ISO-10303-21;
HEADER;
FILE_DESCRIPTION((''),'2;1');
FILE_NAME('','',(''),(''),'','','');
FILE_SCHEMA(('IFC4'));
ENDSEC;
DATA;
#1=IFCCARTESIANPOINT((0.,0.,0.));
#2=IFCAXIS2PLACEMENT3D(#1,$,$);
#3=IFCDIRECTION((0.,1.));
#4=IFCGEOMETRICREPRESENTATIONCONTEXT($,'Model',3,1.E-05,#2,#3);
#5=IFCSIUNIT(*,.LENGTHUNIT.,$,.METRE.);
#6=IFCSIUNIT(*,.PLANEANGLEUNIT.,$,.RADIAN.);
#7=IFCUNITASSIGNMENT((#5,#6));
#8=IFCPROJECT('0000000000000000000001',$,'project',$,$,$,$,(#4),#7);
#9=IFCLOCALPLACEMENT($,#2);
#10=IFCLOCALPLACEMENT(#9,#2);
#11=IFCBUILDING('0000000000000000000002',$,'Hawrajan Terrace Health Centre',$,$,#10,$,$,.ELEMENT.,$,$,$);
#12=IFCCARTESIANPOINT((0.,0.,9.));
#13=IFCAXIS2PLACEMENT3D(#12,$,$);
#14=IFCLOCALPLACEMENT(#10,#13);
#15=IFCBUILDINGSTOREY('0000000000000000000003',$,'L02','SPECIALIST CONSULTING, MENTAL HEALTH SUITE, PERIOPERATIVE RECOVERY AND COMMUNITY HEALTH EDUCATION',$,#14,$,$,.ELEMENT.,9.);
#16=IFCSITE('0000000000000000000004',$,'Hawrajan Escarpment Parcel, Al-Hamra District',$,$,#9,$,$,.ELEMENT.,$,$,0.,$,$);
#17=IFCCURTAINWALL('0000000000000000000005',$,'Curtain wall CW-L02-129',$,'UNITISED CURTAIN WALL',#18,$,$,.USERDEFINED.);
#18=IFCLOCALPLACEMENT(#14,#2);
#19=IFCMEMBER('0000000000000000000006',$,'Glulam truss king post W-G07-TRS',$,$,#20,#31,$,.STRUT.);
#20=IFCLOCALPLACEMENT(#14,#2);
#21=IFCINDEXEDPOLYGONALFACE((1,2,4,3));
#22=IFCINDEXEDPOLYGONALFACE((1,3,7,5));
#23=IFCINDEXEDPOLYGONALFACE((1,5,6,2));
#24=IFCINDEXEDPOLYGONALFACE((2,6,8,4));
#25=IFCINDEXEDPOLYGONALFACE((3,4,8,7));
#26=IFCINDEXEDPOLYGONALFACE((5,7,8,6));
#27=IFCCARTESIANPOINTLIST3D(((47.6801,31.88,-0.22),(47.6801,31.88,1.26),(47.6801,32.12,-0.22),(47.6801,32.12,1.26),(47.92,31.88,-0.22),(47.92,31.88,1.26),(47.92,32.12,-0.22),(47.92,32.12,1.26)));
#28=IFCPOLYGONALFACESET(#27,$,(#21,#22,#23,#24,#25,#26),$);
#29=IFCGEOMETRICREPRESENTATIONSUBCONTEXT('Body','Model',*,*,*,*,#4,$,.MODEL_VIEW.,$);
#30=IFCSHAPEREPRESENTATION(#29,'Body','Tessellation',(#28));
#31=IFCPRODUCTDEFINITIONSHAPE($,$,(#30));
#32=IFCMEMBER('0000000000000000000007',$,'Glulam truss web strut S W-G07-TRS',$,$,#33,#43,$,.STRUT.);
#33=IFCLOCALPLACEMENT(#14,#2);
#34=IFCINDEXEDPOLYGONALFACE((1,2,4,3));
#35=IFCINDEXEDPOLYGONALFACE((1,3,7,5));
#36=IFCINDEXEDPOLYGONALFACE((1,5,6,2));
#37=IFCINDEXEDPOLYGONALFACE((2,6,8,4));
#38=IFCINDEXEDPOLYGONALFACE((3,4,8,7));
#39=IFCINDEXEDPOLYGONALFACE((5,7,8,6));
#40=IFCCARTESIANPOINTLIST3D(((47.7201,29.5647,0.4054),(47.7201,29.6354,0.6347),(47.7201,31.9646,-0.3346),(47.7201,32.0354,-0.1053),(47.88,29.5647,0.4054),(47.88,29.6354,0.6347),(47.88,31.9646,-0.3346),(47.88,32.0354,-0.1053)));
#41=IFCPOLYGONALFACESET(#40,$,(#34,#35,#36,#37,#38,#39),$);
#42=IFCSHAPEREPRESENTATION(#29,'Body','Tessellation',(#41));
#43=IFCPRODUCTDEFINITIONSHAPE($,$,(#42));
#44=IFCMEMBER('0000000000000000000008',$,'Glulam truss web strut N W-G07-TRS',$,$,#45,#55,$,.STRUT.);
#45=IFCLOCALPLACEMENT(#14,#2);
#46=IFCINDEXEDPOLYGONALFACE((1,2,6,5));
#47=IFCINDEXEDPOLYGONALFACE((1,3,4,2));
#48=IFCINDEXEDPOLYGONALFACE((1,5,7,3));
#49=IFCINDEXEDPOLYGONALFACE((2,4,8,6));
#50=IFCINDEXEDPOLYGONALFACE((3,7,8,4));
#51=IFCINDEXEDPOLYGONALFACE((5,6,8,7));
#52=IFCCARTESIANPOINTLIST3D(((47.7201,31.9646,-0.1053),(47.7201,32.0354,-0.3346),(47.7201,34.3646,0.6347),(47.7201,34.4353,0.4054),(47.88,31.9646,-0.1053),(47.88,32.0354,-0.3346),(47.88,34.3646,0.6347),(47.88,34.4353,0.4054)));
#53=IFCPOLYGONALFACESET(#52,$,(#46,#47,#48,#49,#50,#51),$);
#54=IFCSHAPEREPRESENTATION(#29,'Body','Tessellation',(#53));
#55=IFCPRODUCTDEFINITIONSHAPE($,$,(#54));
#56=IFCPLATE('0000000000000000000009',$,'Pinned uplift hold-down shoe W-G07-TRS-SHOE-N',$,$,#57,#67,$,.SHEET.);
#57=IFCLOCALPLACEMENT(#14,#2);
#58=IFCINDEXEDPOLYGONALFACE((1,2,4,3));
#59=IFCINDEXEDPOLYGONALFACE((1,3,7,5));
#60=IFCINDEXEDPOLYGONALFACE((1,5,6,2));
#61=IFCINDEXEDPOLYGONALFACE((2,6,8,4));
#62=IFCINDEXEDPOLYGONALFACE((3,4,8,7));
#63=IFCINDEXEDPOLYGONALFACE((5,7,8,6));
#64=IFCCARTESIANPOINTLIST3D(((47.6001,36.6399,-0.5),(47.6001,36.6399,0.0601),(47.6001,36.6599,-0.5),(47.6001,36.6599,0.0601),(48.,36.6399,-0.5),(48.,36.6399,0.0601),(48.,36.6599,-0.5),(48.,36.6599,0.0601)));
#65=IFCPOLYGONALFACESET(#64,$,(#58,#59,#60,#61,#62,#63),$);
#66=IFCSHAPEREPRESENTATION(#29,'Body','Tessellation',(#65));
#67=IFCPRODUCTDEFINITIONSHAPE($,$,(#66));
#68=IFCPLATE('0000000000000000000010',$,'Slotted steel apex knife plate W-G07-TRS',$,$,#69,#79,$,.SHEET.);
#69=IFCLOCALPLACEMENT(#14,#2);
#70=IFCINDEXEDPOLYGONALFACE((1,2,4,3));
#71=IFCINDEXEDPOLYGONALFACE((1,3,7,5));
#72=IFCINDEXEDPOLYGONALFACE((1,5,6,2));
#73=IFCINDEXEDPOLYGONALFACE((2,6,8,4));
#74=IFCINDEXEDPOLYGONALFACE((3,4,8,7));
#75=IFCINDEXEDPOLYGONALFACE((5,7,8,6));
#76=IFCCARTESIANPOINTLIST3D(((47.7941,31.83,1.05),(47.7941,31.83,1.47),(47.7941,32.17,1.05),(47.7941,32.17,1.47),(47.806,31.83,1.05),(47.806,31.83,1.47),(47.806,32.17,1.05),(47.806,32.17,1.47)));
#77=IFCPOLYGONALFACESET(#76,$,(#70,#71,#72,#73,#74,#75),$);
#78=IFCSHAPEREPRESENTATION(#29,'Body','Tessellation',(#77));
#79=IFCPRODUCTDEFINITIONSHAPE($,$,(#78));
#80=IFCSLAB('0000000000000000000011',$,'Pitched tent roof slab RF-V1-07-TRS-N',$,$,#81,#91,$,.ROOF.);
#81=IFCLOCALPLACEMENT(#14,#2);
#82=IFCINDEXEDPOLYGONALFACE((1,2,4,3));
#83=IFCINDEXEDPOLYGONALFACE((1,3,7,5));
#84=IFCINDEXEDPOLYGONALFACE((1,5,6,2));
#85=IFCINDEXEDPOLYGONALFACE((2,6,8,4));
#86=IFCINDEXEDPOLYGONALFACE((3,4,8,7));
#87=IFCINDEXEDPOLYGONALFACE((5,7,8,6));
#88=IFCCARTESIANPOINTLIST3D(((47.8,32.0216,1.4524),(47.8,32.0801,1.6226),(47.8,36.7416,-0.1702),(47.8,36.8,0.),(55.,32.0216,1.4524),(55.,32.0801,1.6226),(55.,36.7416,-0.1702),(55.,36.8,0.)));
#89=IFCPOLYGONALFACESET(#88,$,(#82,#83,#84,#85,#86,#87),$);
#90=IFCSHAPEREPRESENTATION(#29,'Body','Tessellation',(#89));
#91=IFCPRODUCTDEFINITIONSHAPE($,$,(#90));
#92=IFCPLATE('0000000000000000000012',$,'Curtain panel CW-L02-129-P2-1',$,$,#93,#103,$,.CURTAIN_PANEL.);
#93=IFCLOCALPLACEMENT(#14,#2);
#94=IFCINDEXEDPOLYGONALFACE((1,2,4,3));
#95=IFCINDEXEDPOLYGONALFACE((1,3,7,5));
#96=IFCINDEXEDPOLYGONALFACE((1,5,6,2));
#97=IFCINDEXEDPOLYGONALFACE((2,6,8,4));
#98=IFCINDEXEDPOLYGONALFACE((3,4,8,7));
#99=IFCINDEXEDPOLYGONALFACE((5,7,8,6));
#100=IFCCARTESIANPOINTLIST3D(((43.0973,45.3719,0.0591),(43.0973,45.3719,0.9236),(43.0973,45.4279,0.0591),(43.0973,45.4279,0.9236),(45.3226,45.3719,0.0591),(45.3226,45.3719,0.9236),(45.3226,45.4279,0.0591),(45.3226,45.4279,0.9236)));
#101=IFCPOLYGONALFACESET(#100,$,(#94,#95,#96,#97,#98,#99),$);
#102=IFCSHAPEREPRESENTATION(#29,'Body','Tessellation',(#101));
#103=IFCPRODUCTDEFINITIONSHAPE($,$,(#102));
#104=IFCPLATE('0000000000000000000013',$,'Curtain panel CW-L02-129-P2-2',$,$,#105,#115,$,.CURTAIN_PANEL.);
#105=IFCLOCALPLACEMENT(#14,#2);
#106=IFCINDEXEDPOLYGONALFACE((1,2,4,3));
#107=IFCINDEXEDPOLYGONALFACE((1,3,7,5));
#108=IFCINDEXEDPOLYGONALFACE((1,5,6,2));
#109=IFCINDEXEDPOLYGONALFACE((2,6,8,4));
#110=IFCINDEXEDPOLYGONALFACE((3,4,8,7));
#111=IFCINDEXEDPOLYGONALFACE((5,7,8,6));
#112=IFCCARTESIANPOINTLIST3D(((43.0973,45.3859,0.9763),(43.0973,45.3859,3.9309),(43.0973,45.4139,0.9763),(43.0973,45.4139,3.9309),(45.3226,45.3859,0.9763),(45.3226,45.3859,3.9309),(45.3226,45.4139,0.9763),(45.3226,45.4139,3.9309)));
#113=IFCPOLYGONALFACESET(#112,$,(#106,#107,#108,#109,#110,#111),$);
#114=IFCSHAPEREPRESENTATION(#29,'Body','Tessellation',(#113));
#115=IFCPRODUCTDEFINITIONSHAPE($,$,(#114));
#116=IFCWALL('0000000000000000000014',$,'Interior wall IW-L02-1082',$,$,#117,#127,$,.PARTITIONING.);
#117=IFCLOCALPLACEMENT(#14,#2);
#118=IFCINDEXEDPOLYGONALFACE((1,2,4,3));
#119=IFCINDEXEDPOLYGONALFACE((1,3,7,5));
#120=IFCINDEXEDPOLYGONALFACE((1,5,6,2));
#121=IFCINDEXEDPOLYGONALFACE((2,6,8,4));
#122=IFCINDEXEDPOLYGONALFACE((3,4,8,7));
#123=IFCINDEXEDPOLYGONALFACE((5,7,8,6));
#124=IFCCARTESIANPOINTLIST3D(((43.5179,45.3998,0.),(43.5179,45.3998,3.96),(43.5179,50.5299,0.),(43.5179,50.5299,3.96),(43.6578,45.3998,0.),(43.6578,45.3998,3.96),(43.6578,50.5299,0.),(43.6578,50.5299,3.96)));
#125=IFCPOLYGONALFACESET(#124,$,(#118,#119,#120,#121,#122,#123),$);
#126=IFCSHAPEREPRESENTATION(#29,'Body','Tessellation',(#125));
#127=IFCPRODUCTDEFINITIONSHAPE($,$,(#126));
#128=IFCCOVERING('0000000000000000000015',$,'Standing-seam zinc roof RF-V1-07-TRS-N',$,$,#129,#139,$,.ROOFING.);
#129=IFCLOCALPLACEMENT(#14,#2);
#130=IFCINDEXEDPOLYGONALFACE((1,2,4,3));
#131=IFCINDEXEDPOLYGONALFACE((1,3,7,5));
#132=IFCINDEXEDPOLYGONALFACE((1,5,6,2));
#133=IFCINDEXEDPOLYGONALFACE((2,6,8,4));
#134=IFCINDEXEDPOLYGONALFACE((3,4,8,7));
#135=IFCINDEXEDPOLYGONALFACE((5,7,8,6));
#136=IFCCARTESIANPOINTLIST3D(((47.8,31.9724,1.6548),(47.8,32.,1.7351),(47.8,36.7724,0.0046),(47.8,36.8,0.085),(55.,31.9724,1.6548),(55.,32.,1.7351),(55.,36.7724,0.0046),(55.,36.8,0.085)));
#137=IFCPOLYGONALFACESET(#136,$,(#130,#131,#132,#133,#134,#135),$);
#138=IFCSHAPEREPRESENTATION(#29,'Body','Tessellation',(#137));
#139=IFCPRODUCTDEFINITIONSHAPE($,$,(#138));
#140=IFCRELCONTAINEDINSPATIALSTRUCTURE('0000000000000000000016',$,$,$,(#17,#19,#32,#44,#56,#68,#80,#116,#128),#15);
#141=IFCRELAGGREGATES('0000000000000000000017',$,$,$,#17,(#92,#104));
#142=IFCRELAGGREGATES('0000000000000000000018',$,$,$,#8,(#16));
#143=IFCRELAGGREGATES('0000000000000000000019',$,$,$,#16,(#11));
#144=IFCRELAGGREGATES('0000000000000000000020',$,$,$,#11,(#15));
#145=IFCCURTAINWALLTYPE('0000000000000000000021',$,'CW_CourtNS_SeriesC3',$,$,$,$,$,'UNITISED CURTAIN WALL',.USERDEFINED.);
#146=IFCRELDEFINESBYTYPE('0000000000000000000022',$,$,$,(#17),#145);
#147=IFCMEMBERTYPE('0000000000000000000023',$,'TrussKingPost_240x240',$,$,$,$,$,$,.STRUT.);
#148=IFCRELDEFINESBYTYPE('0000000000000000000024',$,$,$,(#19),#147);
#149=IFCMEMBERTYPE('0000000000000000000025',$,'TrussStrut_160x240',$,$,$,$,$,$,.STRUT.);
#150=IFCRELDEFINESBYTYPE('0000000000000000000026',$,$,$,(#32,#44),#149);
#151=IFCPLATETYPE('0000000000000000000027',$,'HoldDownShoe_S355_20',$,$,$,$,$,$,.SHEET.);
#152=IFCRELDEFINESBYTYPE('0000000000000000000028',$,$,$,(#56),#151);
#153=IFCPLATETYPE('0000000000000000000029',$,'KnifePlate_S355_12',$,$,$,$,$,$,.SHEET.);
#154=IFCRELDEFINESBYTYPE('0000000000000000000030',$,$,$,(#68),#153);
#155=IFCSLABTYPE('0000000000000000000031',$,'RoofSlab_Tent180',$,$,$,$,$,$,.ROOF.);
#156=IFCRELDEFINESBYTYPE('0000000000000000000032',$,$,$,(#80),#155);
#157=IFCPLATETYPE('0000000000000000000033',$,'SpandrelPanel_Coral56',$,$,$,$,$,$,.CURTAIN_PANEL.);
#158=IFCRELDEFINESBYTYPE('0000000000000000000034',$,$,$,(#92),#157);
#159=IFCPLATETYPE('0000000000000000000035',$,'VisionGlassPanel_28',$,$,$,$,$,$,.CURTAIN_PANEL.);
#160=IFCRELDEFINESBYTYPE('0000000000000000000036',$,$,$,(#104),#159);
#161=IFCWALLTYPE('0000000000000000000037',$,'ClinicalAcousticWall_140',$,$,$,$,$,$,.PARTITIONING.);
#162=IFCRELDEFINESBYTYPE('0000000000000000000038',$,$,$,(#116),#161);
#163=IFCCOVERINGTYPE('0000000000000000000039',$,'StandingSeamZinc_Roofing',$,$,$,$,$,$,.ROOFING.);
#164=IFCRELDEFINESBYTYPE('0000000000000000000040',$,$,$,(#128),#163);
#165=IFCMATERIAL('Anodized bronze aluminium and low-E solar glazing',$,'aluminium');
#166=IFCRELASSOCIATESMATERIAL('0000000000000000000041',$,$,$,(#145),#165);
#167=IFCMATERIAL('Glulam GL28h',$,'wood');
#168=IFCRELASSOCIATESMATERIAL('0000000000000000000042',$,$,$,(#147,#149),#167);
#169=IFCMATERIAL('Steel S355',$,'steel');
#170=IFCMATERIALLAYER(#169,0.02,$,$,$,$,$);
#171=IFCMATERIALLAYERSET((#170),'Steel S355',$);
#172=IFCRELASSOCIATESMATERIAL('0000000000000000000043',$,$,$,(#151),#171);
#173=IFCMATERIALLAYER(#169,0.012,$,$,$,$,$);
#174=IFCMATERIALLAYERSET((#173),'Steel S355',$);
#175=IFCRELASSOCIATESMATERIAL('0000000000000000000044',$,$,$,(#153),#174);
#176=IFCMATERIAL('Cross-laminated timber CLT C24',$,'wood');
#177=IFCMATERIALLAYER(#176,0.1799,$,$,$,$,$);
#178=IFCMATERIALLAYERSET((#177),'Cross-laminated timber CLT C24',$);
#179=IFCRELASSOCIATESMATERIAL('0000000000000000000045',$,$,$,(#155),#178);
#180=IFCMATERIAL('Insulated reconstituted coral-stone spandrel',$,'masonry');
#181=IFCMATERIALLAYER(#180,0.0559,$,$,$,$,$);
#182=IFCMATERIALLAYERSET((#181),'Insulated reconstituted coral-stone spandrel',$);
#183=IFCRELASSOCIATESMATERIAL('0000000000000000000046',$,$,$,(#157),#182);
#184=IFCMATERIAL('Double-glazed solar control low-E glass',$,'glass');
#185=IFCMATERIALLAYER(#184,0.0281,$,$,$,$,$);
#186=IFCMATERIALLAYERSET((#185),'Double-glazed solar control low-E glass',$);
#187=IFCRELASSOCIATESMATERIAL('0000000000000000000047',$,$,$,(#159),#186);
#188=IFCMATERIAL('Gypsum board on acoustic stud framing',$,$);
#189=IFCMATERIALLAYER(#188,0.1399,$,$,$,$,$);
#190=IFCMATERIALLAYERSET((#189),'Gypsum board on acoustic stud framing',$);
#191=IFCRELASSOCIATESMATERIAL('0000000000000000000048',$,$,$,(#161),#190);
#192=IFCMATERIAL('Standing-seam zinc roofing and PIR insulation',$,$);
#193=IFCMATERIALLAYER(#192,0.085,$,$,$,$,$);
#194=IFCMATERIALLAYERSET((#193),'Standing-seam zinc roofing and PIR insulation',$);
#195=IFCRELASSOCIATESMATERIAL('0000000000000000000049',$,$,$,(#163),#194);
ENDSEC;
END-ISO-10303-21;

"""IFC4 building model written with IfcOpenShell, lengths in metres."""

from ifc_helpers import new_model, si_unit, direction, frame, frame_2d, origin, origin_2d, place, context, subcontext, project, spatial, polyline, rectangle, outline, extrude, material, layer, layer_set, material_profile, profile_set, type_object, element, aggregate, save


model = new_model("IFC4")

# Units and contexts
model_context = context("Model", 3, precision=1e-05, world=origin(), true_north=direction((0.0, 1.0)))
body_context = subcontext(model_context, "Body", "Model", "MODEL_VIEW")
ifc_project = project(units=[si_unit("LENGTHUNIT", "METRE"), si_unit("PLANEANGLEUNIT", "RADIAN")], contexts=[model_context])

# Site, building, storey
site_placement = place(None, origin())
site = spatial("IfcSite", under=ifc_project, at=site_placement, Name="Hawrajan Escarpment Parcel, Al-Hamra District", CompositionType="ELEMENT", RefElevation=0.0)
building_placement = place(site_placement, origin())
building = spatial("IfcBuilding", under=site, at=building_placement, Name="Hawrajan Terrace Health Centre", CompositionType="ELEMENT")
storey_placement = place(building_placement, frame((0.0, 0.0, 9.0)))
storey = spatial("IfcBuildingStorey", under=building, at=storey_placement, Name="L02", Description="SPECIALIST CONSULTING, MENTAL HEALTH SUITE, PERIOPERATIVE RECOVERY AND COMMUNITY HEALTH EDUCATION", CompositionType="ELEMENT", Elevation=9.0)

# Curtain wall
ifc_material_1 = material(Name="Anodized bronze aluminium and low-E solar glazing", Category="aluminium")
curtain_wall_type = type_object("IfcCurtainWallType", Name="CW_CourtNS_SeriesC3", ElementType="UNITISED CURTAIN WALL", PredefinedType="USERDEFINED", material=ifc_material_1)
curtain_wall_placement = place(storey_placement, origin())
curtain_wall = element("IfcCurtainWall", 1, at=curtain_wall_placement, inside=storey, type_object=curtain_wall_type, Name="Curtain wall CW-L02-129", ObjectType="UNITISED CURTAIN WALL", PredefinedType="USERDEFINED")

# Shared definitions
ifc_material_2 = material(Name="Glulam GL28h", Category="wood")

# Shared definitions
ifc_material_3 = material(Name="Steel S355", Category="steel")

# Members
ifc_material_profile_1 = material_profile(ifc_material_2, rectangle(XDim=0.24, YDim=0.24, at=origin_2d()), Name="GL KP 240x240")
ifc_profile_set_1 = profile_set([ifc_material_profile_1], Name="Glulam GL28h")
member_type_1 = type_object("IfcMemberType", Name="TrussKingPost_240x240", PredefinedType="STRUT", material=ifc_profile_set_1)
member_1_placement = place(storey_placement, frame((47.8, 32.0, -0.22), z_axis=(0.0, 0.0, 1.0), x_axis=(1.0, 0.0, 0.0)))
element("IfcMember", 2, at=member_1_placement, inside=storey, type_object=member_type_1, Name="Glulam truss king post W-G07-TRS", PredefinedType="STRUT", context=body_context, shape_type="SweptSolid", body=[
    extrude(rectangle(XDim=0.24, YDim=0.24, at=origin_2d()), origin(), (0.0, 0.0, 1.0), 1.48),
])
ifc_material_profile_2 = material_profile(ifc_material_2, rectangle(XDim=0.1599, YDim=0.24, at=origin_2d()), Name="GL WEB 160x240")
ifc_profile_set_2 = profile_set([ifc_material_profile_2], Name="Glulam GL28h")
member_type_2 = type_object("IfcMemberType", Name="TrussStrut_160x240", PredefinedType="STRUT", material=ifc_profile_set_2)
for number, where, z_axis, x_axis, name in (
    (3, (47.8, 32.0, -0.22), (0.0, -0.955604, 0.294653), (1.0, 0.0, 0.0), "Glulam truss web strut S W-G07-TRS"),
    (4, (47.8, 32.0, -0.22), (0.0, 0.955604, 0.294653), (-1.0, 0.0, 0.0), "Glulam truss web strut N W-G07-TRS"),
):
    element("IfcMember", number, at=place(storey_placement, frame(where, z_axis=z_axis, x_axis=x_axis)), inside=storey, type_object=member_type_2, Name=name, PredefinedType="STRUT", context=body_context, shape_type="SweptSolid", body=[
        extrude(rectangle(XDim=0.1599, YDim=0.24, at=origin_2d()), origin(), (0.0, 0.0, 1.0), 2.5115),
    ])

# Plates
ifc_layer_1 = layer(ifc_material_3, 0.02)
ifc_layer_set_1 = layer_set([ifc_layer_1], Name="Steel S355")
plate_type_1 = type_object("IfcPlateType", Name="HoldDownShoe_S355_20", PredefinedType="SHEET", material=ifc_layer_set_1)
plate_1_placement = place(storey_placement, frame((47.8, 36.6499, -0.5), z_axis=(0.0, 0.0, 1.0), x_axis=(1.0, 0.0, 0.0)))
element("IfcPlate", 5, at=plate_1_placement, inside=storey, type_object=plate_type_1, Name="Pinned uplift hold-down shoe W-G07-TRS-SHOE-N", PredefinedType="SHEET", context=body_context, shape_type="SweptSolid", body=[
    extrude(rectangle(XDim=0.3999, YDim=0.02, at=origin_2d()), origin(), (0.0, 0.0, 1.0), 0.5601),
])
ifc_layer_2 = layer(ifc_material_3, 0.012)
ifc_layer_set_2 = layer_set([ifc_layer_2], Name="Steel S355")
plate_type_2 = type_object("IfcPlateType", Name="KnifePlate_S355_12", PredefinedType="SHEET", material=ifc_layer_set_2)
plate_2_placement = place(storey_placement, frame((47.8, 32.0, 1.05), z_axis=(0.0, 0.0, 1.0), x_axis=(1.0, 0.0, 0.0)))
element("IfcPlate", 6, at=plate_2_placement, inside=storey, type_object=plate_type_2, Name="Slotted steel apex knife plate W-G07-TRS", PredefinedType="SHEET", context=body_context, shape_type="SweptSolid", body=[
    extrude(rectangle(XDim=0.012, YDim=0.3401, at=origin_2d()), origin(), (0.0, 0.0, 1.0), 0.4199),
])

# Slab
ifc_material_4 = material(Name="Cross-laminated timber CLT C24", Category="wood")
ifc_layer_3 = layer(ifc_material_4, 0.1799)
ifc_layer_set_3 = layer_set([ifc_layer_3], Name="Cross-laminated timber CLT C24")
slab_type = type_object("IfcSlabType", Name="RoofSlab_Tent180", PredefinedType="ROOF", material=ifc_layer_set_3)
slab_placement = place(storey_placement, frame((47.8, 32.0801, 1.6226), z_axis=(0.0, 0.325092, 0.945682), x_axis=(1.0, 0.0, 0.0)))
element("IfcSlab", 7, at=slab_placement, inside=storey, type_object=slab_type, Name="Pitched tent roof slab RF-V1-07-TRS-N", PredefinedType="ROOF", context=body_context, shape_type="SweptSolid", body=[
    extrude(outline(polyline([(0.0, 0.0), (7.2, 0.0), (7.2, 4.9911), (0.0, 4.9911), (0.0, 0.0)])), origin(), (0.0, 0.0, -1.0), 0.1799),
])

# Plates
ifc_material_5 = material(Name="Insulated reconstituted coral-stone spandrel", Category="masonry")
ifc_layer_4 = layer(ifc_material_5, 0.0559)
ifc_layer_set_4 = layer_set([ifc_layer_4], Name="Insulated reconstituted coral-stone spandrel")
plate_type_3 = type_object("IfcPlateType", Name="SpandrelPanel_Coral56", PredefinedType="CURTAIN_PANEL", material=ifc_layer_set_4)
plate_3_placement = place(storey_placement, frame((44.21, 45.3999, 0.0591), z_axis=(0.0, 0.0, 1.0), x_axis=(1.0, 0.0, 0.0)))
plate_3 = element("IfcPlate", 8, at=plate_3_placement, type_object=plate_type_3, Name="Curtain panel CW-L02-129-P2-1", PredefinedType="CURTAIN_PANEL", context=body_context, shape_type="SweptSolid", body=[
    extrude(rectangle(XDim=2.2253, YDim=0.0559, at=origin_2d()), origin(), (0.0, 0.0, 1.0), 0.8645),
])
ifc_material_6 = material(Name="Double-glazed solar control low-E glass", Category="glass")
ifc_layer_5 = layer(ifc_material_6, 0.0281)
ifc_layer_set_5 = layer_set([ifc_layer_5], Name="Double-glazed solar control low-E glass")
plate_type_4 = type_object("IfcPlateType", Name="VisionGlassPanel_28", PredefinedType="CURTAIN_PANEL", material=ifc_layer_set_5)
plate_4_placement = place(storey_placement, frame((44.21, 45.3999, 0.9763), z_axis=(0.0, 0.0, 1.0), x_axis=(1.0, 0.0, 0.0)))
plate_4 = element("IfcPlate", 9, at=plate_4_placement, type_object=plate_type_4, Name="Curtain panel CW-L02-129-P2-2", PredefinedType="CURTAIN_PANEL", context=body_context, shape_type="SweptSolid", body=[
    extrude(rectangle(XDim=2.2253, YDim=0.0281, at=origin_2d()), origin(), (0.0, 0.0, 1.0), 2.9546),
])
aggregate(curtain_wall, [plate_3, plate_4])

# Wall
ifc_material_7 = material(Name="Gypsum board on acoustic stud framing")
ifc_layer_6 = layer(ifc_material_7, 0.1399)
ifc_layer_set_6 = layer_set([ifc_layer_6], Name="Gypsum board on acoustic stud framing")
wall_type = type_object("IfcWallType", Name="ClinicalAcousticWall_140", PredefinedType="PARTITIONING", material=ifc_layer_set_6)
wall_placement = place(storey_placement, frame((43.5879, 45.3999, 0.0), z_axis=(0.0, 0.0, 1.0), x_axis=(0.0, 1.0, 0.0)))
element("IfcWall", 10, at=wall_placement, inside=storey, type_object=wall_type, Name="Interior wall IW-L02-1082", PredefinedType="PARTITIONING", context=body_context, shape_type="SweptSolid", body=[
    extrude(rectangle(XDim=5.1301, YDim=0.1399, at=frame_2d((2.5649, 0.0))), origin(), (0.0, 0.0, 1.0), 3.96),
])

# Covering
ifc_material_8 = material(Name="Standing-seam zinc roofing and PIR insulation")
ifc_layer_7 = layer(ifc_material_8, 0.085)
ifc_layer_set_7 = layer_set([ifc_layer_7], Name="Standing-seam zinc roofing and PIR insulation")
covering_type = type_object("IfcCoveringType", Name="StandingSeamZinc_Roofing", PredefinedType="ROOFING", material=ifc_layer_set_7)
covering_placement = place(storey_placement, frame((47.8, 32.0, 1.7351), z_axis=(0.0, 0.325103, 0.945679), x_axis=(1.0, 0.0, 0.0)))
element("IfcCovering", 11, at=covering_placement, inside=storey, type_object=covering_type, Name="Standing-seam zinc roof RF-V1-07-TRS-N", PredefinedType="ROOFING", context=body_context, shape_type="SweptSolid", body=[
    extrude(outline(polyline([(0.0, 0.0), (7.2, 0.0), (7.2, 5.0758), (0.0, 5.0758), (0.0, 0.0)])), origin(), (0.0, 0.0, -1.0), 0.085),
])

save(model, "model.ifc")
